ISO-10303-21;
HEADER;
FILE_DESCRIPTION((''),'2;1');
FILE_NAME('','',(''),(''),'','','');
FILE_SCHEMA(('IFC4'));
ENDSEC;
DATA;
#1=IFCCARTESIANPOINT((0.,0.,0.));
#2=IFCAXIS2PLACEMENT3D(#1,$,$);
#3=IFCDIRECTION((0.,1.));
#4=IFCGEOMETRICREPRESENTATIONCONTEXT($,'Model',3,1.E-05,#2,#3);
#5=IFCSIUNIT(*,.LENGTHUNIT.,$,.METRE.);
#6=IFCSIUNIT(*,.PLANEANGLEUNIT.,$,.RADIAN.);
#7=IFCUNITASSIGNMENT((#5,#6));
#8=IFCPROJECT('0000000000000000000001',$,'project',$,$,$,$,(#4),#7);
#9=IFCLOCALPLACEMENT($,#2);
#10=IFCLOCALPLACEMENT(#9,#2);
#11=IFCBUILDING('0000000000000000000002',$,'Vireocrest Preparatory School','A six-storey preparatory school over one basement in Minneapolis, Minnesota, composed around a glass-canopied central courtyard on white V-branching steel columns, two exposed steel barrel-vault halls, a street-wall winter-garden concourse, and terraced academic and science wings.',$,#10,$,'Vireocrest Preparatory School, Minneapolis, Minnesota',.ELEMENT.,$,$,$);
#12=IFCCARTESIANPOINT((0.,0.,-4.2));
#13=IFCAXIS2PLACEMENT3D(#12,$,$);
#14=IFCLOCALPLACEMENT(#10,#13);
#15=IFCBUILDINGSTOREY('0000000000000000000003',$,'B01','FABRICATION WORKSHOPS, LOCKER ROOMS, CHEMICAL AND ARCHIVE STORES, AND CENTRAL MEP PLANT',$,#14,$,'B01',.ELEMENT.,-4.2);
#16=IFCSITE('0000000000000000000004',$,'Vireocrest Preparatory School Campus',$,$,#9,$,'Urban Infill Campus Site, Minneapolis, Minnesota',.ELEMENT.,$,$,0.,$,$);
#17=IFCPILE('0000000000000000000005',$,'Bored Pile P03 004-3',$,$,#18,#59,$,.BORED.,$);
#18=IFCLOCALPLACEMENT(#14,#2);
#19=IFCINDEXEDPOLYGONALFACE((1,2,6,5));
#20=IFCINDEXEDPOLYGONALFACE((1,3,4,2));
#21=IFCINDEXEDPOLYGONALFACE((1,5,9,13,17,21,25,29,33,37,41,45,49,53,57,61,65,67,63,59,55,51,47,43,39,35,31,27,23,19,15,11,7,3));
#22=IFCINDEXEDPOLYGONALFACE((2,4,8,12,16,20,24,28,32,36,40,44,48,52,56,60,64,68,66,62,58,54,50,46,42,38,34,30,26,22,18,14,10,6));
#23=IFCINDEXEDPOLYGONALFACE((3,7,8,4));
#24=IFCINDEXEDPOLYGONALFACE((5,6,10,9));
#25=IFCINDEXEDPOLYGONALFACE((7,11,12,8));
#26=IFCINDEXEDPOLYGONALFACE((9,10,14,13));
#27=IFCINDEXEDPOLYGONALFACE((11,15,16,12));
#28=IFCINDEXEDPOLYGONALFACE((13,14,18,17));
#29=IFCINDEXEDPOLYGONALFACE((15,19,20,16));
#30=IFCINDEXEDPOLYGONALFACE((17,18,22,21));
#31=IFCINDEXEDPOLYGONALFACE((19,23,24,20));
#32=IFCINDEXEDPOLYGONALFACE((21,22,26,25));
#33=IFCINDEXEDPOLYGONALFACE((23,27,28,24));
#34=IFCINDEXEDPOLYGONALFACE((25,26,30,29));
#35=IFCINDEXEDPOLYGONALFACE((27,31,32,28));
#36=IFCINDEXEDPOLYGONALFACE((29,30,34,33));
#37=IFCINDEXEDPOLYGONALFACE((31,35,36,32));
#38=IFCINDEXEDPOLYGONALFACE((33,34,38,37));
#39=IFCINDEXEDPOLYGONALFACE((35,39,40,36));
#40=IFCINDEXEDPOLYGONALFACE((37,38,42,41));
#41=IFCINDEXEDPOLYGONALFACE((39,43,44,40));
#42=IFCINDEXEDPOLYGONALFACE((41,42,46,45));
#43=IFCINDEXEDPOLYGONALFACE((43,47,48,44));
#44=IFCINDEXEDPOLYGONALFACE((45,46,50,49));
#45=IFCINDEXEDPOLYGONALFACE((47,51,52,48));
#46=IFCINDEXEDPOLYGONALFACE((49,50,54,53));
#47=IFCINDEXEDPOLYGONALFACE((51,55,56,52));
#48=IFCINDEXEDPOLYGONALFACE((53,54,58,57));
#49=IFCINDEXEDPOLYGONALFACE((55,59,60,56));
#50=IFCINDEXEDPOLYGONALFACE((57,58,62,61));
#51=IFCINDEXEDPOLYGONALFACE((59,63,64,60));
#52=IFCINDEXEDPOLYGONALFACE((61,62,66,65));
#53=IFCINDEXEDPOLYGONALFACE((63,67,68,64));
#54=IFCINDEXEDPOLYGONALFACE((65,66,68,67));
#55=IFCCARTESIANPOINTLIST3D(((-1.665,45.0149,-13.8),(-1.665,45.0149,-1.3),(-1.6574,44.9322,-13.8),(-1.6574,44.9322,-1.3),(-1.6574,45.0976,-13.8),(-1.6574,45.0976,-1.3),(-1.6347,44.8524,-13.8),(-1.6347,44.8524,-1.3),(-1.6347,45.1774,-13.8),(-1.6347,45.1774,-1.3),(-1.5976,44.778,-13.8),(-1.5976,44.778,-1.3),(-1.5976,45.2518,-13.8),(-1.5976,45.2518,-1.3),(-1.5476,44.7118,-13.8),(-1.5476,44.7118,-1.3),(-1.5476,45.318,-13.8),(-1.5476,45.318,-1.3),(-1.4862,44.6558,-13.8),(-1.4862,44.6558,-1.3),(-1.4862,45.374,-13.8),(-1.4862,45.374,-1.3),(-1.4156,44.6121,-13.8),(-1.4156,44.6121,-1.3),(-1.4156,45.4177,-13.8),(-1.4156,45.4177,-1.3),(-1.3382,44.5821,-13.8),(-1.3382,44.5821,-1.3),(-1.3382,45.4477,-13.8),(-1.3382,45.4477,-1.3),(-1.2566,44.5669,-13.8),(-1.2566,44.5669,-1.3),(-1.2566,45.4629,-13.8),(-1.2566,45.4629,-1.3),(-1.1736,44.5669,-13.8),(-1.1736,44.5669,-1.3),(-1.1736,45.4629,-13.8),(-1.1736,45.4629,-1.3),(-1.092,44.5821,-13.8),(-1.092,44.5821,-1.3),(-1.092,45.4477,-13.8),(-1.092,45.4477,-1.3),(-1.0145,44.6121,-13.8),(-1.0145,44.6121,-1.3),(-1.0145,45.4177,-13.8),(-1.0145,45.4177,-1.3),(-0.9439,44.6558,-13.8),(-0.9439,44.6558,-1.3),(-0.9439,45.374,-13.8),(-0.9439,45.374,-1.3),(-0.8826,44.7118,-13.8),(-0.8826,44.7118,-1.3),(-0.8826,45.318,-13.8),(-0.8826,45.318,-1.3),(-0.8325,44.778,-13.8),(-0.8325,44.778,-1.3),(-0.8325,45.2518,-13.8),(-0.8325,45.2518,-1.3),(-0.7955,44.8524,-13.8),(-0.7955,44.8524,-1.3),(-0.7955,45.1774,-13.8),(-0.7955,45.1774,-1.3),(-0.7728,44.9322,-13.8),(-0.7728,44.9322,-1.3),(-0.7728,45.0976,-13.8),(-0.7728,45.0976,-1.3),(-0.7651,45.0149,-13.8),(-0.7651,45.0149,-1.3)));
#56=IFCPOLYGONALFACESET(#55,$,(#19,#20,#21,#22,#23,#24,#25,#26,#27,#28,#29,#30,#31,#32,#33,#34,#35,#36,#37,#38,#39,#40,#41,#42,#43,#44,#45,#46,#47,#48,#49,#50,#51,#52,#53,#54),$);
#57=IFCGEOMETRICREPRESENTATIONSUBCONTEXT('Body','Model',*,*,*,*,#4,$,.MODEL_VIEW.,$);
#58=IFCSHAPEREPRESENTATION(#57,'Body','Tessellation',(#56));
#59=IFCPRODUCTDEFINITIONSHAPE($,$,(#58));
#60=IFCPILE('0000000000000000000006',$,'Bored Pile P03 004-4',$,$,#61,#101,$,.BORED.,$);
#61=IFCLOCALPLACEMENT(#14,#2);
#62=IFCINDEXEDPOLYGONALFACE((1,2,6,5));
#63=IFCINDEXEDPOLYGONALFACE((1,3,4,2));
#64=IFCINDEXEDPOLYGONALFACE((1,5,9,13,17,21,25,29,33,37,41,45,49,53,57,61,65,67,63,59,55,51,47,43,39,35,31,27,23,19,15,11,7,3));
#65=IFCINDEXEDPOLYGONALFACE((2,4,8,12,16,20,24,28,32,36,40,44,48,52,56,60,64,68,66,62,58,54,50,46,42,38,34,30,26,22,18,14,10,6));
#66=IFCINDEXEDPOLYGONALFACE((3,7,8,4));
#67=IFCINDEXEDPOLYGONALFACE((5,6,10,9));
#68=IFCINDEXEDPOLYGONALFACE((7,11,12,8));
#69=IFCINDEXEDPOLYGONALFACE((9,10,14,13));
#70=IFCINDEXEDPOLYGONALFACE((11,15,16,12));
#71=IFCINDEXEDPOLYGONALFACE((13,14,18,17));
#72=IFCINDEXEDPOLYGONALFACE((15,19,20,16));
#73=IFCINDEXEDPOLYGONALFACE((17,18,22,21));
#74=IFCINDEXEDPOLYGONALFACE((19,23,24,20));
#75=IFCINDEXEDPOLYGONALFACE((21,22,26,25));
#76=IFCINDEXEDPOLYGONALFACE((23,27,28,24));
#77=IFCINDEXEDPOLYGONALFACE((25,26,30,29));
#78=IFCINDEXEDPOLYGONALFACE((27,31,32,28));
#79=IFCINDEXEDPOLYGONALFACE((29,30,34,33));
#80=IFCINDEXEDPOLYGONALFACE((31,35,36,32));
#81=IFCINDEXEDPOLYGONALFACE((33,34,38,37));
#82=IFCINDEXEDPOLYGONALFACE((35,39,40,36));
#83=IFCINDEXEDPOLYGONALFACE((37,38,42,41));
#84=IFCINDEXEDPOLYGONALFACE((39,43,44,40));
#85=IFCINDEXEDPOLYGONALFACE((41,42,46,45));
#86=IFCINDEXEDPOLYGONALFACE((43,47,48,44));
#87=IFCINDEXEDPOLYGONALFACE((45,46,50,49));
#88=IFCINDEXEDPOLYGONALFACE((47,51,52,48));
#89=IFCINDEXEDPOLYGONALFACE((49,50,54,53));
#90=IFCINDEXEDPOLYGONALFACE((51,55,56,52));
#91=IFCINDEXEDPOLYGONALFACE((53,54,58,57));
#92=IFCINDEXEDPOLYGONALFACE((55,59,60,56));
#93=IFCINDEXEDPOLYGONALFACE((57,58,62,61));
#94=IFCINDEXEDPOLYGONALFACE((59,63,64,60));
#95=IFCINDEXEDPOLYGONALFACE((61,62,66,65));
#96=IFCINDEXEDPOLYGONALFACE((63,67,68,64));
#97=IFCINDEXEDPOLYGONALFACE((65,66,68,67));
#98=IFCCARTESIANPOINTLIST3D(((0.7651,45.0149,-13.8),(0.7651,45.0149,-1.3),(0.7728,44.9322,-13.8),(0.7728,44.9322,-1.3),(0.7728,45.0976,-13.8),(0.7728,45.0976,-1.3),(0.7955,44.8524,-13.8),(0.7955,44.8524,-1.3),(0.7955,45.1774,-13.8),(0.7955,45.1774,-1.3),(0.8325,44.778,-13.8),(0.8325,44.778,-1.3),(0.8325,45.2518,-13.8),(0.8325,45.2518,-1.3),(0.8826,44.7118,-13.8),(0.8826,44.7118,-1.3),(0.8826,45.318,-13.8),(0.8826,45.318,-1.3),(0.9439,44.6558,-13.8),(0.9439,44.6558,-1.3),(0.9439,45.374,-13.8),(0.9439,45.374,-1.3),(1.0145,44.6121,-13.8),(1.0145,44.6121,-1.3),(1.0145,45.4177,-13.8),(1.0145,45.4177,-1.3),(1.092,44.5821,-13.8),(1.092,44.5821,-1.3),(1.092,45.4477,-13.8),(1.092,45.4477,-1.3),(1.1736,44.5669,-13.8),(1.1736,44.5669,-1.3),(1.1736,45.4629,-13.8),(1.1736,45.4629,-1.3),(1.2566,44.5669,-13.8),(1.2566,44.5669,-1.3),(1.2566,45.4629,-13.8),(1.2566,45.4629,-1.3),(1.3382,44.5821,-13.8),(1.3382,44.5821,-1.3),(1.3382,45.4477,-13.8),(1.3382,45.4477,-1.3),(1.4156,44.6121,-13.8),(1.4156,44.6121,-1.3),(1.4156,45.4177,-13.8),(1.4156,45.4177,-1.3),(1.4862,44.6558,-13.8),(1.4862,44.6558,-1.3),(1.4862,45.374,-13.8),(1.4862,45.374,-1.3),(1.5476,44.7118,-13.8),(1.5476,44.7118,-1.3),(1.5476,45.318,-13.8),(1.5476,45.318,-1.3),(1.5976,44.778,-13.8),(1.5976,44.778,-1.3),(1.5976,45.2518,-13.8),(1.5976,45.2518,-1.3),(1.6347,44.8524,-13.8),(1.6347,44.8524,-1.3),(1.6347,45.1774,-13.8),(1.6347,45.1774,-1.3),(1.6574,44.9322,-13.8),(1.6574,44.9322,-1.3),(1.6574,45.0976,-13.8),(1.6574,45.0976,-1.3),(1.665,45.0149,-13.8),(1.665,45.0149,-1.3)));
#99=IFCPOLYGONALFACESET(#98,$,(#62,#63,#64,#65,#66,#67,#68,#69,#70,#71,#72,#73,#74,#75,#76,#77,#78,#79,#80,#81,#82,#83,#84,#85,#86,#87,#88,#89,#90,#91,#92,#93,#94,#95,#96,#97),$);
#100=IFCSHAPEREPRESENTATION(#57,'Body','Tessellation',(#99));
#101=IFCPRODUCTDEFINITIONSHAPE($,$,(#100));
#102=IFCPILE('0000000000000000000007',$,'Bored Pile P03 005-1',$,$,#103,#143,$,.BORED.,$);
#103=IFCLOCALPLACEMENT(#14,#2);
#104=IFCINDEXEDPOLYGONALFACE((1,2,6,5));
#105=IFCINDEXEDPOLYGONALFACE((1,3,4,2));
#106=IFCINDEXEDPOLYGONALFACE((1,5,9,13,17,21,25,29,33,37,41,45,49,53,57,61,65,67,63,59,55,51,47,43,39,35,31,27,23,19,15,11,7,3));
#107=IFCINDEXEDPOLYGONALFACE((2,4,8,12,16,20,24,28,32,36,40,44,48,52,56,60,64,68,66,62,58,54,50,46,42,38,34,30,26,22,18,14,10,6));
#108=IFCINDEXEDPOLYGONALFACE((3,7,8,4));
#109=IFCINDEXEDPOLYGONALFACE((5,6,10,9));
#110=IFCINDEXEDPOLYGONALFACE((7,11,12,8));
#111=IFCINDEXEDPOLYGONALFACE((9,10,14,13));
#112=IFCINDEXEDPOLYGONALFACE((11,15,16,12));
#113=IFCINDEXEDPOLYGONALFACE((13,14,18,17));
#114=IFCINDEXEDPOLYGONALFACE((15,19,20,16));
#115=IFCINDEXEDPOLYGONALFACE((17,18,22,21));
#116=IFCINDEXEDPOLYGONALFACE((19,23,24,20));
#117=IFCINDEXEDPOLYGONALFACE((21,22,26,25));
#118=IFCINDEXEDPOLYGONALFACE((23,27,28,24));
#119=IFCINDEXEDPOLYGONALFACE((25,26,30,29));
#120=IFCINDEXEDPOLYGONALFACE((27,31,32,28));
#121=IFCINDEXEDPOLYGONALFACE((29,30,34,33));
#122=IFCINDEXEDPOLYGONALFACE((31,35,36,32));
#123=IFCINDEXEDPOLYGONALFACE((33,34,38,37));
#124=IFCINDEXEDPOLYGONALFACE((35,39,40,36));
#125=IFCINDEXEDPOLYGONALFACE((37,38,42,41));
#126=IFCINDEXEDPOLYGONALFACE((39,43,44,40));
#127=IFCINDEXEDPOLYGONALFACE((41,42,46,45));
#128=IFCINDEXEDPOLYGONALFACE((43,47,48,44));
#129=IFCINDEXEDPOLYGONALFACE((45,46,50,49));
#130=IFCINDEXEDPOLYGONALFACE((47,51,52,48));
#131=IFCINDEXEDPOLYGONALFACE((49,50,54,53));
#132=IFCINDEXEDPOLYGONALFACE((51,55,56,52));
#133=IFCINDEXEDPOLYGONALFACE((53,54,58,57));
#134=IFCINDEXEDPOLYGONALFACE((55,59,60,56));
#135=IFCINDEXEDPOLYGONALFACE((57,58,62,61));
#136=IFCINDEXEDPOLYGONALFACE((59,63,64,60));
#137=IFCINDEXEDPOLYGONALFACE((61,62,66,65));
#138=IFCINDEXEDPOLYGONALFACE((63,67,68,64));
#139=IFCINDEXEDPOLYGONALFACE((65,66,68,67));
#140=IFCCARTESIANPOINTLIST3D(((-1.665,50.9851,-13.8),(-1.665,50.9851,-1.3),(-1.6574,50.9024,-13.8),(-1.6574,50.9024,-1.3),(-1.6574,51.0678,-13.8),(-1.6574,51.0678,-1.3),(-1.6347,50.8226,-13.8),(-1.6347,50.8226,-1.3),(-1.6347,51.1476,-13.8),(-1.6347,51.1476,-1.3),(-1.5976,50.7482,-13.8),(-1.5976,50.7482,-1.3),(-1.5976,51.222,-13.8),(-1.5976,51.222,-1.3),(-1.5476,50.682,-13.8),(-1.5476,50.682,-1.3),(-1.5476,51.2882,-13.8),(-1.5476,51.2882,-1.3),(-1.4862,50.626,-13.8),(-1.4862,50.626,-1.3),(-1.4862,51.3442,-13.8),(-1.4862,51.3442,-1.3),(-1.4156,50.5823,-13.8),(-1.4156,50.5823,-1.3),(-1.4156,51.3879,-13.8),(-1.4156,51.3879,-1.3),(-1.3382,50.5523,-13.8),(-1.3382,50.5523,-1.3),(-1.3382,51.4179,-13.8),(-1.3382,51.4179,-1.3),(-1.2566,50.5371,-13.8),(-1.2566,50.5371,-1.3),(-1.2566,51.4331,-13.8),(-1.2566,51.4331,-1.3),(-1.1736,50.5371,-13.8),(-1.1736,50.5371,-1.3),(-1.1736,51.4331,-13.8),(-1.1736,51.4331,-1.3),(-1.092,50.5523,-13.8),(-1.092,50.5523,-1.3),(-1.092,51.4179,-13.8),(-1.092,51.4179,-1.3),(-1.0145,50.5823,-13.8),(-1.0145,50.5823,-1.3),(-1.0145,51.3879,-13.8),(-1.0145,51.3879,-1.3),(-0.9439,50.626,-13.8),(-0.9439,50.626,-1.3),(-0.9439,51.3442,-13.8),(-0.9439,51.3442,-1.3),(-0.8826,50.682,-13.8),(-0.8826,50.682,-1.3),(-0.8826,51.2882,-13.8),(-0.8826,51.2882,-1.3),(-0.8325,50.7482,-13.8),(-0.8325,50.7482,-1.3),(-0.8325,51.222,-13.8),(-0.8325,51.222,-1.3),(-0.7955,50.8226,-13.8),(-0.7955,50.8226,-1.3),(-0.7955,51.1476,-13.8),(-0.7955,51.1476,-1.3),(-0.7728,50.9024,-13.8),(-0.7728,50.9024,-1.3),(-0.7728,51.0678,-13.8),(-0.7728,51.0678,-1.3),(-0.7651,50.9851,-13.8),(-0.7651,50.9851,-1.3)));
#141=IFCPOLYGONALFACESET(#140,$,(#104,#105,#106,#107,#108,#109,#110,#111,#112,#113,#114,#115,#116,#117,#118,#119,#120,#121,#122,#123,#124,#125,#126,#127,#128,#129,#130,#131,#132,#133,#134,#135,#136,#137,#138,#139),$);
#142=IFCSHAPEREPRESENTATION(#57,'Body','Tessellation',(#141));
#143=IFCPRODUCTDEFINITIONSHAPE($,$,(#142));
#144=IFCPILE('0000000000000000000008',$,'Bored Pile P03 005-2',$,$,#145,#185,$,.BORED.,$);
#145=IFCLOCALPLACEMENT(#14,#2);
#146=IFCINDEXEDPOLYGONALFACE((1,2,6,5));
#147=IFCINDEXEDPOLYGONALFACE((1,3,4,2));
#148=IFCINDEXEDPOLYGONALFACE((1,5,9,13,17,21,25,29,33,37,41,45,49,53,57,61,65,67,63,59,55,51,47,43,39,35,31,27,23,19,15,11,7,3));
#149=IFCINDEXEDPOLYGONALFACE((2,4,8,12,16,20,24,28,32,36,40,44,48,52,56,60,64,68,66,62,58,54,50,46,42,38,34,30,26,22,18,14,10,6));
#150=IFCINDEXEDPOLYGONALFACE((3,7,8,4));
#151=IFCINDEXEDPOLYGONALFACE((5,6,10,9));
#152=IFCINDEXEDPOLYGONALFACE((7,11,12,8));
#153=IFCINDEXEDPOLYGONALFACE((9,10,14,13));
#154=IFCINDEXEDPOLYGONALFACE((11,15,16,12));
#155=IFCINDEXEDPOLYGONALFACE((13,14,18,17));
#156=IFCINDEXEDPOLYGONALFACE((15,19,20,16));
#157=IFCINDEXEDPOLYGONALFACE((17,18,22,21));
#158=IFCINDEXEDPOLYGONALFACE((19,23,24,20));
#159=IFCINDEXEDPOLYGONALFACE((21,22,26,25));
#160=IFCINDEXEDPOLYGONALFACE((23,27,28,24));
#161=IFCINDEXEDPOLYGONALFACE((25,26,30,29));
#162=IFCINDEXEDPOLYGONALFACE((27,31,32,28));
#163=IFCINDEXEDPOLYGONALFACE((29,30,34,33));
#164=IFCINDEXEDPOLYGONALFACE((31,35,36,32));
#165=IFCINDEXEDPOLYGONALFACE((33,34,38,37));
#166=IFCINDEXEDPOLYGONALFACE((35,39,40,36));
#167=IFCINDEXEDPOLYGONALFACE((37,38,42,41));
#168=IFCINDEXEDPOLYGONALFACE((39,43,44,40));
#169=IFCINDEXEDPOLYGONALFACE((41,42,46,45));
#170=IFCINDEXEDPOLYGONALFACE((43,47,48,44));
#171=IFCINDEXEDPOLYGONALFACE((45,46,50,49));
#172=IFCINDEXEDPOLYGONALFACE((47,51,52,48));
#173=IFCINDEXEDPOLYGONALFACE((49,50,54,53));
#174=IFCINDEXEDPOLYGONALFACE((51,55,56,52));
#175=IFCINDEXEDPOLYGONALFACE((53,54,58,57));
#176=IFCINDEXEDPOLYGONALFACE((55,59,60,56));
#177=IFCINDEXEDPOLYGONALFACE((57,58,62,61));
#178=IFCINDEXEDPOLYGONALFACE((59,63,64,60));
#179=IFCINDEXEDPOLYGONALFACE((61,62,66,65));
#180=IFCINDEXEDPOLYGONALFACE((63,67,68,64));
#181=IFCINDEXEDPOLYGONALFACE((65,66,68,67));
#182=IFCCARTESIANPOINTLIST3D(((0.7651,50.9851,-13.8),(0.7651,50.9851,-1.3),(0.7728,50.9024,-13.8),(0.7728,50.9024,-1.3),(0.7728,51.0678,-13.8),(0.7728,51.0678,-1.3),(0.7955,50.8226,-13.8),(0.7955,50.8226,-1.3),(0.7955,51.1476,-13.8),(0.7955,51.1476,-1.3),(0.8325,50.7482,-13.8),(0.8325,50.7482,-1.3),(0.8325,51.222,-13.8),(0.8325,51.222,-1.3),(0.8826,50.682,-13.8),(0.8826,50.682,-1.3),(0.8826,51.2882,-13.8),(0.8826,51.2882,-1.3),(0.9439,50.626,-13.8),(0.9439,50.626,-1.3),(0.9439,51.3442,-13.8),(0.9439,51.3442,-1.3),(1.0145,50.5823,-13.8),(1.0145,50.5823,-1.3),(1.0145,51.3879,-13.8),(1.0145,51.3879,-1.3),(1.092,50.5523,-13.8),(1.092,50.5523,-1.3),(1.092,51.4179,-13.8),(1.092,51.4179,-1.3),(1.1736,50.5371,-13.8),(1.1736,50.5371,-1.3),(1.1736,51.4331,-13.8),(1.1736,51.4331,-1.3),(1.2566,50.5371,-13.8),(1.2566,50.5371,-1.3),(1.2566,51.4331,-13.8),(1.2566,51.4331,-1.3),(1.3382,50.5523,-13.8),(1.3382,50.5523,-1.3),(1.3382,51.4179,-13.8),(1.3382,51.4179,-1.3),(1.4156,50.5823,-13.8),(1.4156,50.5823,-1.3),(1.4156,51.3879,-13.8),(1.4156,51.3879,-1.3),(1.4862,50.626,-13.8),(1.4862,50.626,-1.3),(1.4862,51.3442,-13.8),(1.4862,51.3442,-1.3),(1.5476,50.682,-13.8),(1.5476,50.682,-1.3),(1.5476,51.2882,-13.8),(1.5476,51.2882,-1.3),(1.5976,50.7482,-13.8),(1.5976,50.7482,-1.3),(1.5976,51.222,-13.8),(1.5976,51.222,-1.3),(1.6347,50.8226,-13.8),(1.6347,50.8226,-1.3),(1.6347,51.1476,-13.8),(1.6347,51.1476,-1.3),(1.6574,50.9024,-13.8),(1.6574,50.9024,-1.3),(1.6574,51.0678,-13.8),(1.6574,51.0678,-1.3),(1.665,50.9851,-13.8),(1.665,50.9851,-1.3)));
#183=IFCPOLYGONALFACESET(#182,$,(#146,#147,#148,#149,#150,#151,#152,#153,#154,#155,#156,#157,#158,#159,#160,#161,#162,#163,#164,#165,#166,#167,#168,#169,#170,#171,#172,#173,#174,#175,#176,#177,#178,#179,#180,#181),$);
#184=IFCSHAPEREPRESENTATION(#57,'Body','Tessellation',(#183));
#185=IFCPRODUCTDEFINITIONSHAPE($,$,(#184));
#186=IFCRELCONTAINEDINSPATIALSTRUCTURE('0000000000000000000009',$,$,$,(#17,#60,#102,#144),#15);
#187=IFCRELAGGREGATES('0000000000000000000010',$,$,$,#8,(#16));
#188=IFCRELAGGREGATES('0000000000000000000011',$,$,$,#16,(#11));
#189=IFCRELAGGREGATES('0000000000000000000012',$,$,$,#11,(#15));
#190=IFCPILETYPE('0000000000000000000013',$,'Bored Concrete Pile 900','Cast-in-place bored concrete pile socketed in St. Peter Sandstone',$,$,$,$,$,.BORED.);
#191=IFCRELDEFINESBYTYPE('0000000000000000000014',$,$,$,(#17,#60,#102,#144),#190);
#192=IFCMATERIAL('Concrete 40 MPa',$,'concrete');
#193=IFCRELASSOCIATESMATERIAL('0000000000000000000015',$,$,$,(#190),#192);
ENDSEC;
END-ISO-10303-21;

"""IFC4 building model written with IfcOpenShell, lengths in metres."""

from ifc_helpers import new_model, si_unit, direction, frame, origin, origin_2d, place, context, subcontext, project, spatial, circle, extrude, material, material_profile, profile_set, type_object, element, save


model = new_model("IFC4")

# Units and contexts
model_context = context("Model", 3, precision=1e-05, world=origin(), true_north=direction((0.0, 1.0)))
body_context = subcontext(model_context, "Body", "Model", "MODEL_VIEW")
ifc_project = project(units=[si_unit("LENGTHUNIT", "METRE"), si_unit("PLANEANGLEUNIT", "RADIAN")], contexts=[model_context])

# Site, building, storey
site_placement = place(None, origin())
site = spatial("IfcSite", under=ifc_project, at=site_placement, Name="Vireocrest Preparatory School Campus", LongName="Urban Infill Campus Site, Minneapolis, Minnesota", CompositionType="ELEMENT", RefElevation=0.0)
building_placement = place(site_placement, origin())
building = spatial("IfcBuilding", under=site, at=building_placement, Name="Vireocrest Preparatory School", Description="A six-storey preparatory school over one basement in Minneapolis, Minnesota, composed around a glass-canopied central courtyard on white V-branching steel columns, two exposed steel barrel-vault halls, a street-wall winter-garden concourse, and terraced academic and science wings.", LongName="Vireocrest Preparatory School, Minneapolis, Minnesota", CompositionType="ELEMENT")
storey_placement = place(building_placement, frame((0.0, 0.0, -4.2)))
storey = spatial("IfcBuildingStorey", under=building, at=storey_placement, Name="B01", Description="FABRICATION WORKSHOPS, LOCKER ROOMS, CHEMICAL AND ARCHIVE STORES, AND CENTRAL MEP PLANT", LongName="B01", CompositionType="ELEMENT", Elevation=-4.2)

# Piles
ifc_material_1 = material(Name="Concrete 40 MPa", Category="concrete")
ifc_material_profile_1 = material_profile(ifc_material_1, circle(Radius=0.45, at=origin_2d()), Name="BORED PILE 900")
ifc_profile_set_1 = profile_set([ifc_material_profile_1], Name="Concrete 40 MPa")
pile_type = type_object("IfcPileType", Name="Bored Concrete Pile 900", Description="Cast-in-place bored concrete pile socketed in St. Peter Sandstone", PredefinedType="BORED", material=ifc_profile_set_1)
for number, where, z_axis, x_axis, name in (
    (1, (-1.2151, 45.0149, -1.3), (0.0, 0.0, -1.0), (1.0, 0.0, 0.0), "Bored Pile P03 004-3"),
    (2, (1.2151, 45.0149, -1.3), (0.0, 0.0, -1.0), (1.0, 0.0, 0.0), "Bored Pile P03 004-4"),
    (3, (-1.2151, 50.9851, -1.3), (0.0, 0.0, -1.0), (1.0, 0.0, 0.0), "Bored Pile P03 005-1"),
    (4, (1.2151, 50.9851, -1.3), (0.0, 0.0, -1.0), (1.0, 0.0, 0.0), "Bored Pile P03 005-2"),
):
    element("IfcPile", number, at=place(storey_placement, frame(where, z_axis=z_axis, x_axis=x_axis)), inside=storey, type_object=pile_type, Name=name, PredefinedType="BORED", context=body_context, shape_type="SweptSolid", body=[
        extrude(circle(Radius=0.45, at=origin_2d()), origin(), (0.0, 0.0, 1.0), 12.5),
    ])

save(model, "model.ifc")
